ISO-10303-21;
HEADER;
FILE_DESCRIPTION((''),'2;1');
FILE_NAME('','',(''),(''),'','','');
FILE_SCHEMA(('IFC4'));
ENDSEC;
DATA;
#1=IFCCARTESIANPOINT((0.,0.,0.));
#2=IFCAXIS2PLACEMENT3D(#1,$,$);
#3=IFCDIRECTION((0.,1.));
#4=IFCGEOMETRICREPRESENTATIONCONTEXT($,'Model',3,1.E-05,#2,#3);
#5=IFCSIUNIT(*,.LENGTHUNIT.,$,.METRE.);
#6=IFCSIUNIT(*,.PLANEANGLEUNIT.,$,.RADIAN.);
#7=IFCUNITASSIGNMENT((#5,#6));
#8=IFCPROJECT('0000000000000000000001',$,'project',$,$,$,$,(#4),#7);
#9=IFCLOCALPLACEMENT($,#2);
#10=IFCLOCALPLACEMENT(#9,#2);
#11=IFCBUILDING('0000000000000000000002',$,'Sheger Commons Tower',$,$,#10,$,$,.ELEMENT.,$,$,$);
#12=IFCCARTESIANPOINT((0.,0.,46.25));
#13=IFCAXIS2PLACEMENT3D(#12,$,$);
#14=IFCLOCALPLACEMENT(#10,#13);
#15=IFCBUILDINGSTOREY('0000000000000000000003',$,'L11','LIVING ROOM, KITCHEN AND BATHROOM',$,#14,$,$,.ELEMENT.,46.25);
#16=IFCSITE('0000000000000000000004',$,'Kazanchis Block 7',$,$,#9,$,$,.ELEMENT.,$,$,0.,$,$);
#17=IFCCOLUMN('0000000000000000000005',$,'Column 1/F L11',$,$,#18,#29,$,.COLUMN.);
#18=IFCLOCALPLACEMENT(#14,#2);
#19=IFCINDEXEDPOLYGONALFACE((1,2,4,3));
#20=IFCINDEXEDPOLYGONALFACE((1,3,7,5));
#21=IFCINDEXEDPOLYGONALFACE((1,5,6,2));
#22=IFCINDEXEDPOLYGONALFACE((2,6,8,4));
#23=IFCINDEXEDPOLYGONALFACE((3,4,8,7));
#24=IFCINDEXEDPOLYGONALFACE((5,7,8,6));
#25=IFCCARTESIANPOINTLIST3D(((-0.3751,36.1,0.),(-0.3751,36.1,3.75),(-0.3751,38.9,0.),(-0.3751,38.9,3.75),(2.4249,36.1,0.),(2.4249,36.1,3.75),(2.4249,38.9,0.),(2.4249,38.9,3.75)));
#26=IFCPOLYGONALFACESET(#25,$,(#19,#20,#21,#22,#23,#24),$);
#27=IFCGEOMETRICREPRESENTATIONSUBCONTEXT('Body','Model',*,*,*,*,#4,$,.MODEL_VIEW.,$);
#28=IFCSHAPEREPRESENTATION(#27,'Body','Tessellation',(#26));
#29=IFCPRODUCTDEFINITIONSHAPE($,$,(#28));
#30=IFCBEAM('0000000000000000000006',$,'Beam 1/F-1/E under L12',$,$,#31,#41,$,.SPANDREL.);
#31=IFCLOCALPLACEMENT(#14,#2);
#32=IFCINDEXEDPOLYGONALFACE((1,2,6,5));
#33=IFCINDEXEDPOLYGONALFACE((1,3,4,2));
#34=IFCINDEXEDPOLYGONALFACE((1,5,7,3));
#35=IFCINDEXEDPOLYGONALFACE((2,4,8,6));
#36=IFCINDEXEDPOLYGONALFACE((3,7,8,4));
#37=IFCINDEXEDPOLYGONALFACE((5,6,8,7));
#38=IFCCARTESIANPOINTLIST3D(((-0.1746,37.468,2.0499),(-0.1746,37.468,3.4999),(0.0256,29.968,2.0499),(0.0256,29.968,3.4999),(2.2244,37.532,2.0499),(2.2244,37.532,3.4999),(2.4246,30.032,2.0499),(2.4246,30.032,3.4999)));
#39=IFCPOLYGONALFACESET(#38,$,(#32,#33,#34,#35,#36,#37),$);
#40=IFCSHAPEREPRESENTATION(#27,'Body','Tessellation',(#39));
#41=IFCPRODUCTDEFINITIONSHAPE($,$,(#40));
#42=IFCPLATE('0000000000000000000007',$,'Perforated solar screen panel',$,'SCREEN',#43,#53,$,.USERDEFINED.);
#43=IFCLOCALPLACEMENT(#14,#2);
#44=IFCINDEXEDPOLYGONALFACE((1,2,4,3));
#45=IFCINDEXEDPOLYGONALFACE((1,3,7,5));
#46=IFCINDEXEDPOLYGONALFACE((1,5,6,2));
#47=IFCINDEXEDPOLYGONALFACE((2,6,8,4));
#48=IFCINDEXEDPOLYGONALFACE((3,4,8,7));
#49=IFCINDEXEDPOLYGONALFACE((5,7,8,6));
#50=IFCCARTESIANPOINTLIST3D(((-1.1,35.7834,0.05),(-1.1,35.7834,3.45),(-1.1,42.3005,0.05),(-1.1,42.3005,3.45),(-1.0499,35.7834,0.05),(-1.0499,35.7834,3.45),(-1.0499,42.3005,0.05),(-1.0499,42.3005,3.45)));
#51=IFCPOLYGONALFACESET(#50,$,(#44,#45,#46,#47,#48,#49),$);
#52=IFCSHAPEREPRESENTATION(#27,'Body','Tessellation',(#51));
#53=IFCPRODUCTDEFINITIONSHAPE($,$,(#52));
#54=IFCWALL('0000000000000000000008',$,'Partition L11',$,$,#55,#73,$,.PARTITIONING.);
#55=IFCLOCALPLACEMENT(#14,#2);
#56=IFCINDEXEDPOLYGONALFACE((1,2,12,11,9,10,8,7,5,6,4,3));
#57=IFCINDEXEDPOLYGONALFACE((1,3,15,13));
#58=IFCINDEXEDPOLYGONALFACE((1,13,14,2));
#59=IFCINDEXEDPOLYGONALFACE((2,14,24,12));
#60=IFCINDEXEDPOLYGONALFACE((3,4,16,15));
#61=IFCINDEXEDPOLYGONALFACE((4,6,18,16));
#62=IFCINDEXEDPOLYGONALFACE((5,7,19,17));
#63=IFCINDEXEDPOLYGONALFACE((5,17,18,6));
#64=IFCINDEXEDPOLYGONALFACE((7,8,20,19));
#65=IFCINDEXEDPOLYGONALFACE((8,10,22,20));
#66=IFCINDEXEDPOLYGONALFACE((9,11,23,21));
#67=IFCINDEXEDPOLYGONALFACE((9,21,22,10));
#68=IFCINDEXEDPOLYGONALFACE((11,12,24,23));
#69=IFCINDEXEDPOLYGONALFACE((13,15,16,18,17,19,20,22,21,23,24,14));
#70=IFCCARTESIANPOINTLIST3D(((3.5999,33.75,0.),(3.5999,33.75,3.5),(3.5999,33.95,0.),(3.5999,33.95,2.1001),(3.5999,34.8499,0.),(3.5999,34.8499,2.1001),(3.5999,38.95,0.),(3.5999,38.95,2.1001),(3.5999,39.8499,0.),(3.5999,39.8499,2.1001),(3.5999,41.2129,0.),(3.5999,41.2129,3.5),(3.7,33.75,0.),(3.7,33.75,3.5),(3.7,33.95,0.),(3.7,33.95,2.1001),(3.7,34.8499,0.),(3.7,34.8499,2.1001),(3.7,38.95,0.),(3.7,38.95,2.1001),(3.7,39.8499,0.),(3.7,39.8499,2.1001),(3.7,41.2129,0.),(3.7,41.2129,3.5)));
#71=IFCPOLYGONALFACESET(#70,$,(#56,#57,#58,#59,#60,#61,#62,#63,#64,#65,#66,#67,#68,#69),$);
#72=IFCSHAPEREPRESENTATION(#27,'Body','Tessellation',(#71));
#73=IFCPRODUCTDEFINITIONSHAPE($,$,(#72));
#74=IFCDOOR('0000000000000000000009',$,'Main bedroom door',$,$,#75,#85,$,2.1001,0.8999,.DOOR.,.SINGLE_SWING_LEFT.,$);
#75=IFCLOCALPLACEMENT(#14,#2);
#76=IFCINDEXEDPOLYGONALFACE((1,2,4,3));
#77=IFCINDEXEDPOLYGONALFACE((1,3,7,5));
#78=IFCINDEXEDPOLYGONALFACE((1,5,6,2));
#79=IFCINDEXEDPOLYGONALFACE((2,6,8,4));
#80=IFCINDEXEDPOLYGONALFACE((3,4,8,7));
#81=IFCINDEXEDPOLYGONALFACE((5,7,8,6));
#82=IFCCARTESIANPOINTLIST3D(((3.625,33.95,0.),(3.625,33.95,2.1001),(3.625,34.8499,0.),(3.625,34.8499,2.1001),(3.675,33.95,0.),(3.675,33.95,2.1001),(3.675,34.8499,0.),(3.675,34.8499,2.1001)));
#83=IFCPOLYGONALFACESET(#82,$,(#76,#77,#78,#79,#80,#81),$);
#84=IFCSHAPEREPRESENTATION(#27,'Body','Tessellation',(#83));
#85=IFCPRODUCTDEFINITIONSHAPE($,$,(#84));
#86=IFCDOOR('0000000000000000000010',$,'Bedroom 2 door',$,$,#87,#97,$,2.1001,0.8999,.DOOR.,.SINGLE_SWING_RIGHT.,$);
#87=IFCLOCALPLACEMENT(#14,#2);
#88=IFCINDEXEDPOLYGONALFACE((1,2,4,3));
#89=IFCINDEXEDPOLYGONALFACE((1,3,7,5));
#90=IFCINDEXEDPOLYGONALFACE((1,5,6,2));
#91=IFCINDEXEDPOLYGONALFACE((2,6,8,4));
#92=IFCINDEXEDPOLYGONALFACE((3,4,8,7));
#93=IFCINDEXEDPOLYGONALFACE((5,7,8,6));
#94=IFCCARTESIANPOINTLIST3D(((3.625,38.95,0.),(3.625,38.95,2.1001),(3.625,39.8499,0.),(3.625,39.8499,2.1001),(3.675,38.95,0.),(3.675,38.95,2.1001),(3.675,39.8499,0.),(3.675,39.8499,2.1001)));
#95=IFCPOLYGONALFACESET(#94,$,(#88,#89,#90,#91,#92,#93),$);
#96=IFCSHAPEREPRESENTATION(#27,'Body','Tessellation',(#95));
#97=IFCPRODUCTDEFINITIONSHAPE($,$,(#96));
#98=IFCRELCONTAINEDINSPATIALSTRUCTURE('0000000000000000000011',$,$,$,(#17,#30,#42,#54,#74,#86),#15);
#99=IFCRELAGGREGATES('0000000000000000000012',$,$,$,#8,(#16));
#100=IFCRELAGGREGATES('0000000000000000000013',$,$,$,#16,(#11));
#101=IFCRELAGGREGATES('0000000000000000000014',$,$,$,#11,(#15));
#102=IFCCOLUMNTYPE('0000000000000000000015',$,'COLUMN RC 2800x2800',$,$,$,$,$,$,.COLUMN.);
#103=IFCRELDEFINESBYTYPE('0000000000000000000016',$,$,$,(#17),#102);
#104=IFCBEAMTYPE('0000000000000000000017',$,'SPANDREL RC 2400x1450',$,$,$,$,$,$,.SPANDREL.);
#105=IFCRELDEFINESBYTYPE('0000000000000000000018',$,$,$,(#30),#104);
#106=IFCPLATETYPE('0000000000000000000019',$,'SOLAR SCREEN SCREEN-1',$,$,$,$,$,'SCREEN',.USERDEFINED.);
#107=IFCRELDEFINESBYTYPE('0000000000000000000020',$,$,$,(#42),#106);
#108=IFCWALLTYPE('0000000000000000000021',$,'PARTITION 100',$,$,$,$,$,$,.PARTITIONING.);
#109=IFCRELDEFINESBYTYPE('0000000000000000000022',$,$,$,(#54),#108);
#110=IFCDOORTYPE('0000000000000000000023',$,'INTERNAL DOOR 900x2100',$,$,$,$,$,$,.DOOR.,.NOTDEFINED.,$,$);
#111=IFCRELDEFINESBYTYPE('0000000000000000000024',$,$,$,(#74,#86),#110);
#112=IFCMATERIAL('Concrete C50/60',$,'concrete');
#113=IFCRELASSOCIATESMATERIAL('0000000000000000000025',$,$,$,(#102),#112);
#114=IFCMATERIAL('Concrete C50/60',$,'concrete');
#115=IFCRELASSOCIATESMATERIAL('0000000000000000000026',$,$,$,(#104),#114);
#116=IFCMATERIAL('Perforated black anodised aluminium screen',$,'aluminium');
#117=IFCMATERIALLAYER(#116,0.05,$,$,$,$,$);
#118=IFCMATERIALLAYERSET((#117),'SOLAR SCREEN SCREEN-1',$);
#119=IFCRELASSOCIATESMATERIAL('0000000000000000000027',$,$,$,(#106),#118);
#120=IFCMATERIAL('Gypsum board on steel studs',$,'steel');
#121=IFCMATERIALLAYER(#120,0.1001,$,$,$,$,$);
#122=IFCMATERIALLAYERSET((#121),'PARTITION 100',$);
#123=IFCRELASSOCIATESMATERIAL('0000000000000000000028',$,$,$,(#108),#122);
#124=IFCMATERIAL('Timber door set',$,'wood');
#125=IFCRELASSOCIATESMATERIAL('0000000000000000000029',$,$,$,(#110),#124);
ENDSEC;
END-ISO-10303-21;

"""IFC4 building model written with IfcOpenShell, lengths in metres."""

from ifc_helpers import new_model, si_unit, direction, frame, frame_2d, origin, origin_2d, place, context, subcontext, project, spatial, rectangle, extrude, material, layer, layer_set, material_profile, profile_set, type_object, element, fill, save


model = new_model("IFC4")

# Units and contexts
model_context = context("Model", 3, precision=1e-05, world=origin(), true_north=direction((0.0, 1.0)))
body_context = subcontext(model_context, "Body", "Model", "MODEL_VIEW")
ifc_project = project(units=[si_unit("LENGTHUNIT", "METRE"), si_unit("PLANEANGLEUNIT", "RADIAN")], contexts=[model_context])

# Site, building, storey
site_placement = place(None, origin())
site = spatial("IfcSite", under=ifc_project, at=site_placement, Name="Kazanchis Block 7", CompositionType="ELEMENT", RefElevation=0.0)
building_placement = place(site_placement, origin())
building = spatial("IfcBuilding", under=site, at=building_placement, Name="Sheger Commons Tower", CompositionType="ELEMENT")
storey_placement = place(building_placement, frame((0.0, 0.0, 46.25)))
storey = spatial("IfcBuildingStorey", under=building, at=storey_placement, Name="L11", Description="LIVING ROOM, KITCHEN AND BATHROOM", CompositionType="ELEMENT", Elevation=46.25)

# Column
ifc_material_1 = material(Name="Concrete C50/60", Category="concrete")
ifc_material_profile_1 = material_profile(ifc_material_1, rectangle(XDim=2.8, YDim=2.8, at=origin_2d()), Name="RC 2800x2800")
ifc_profile_set_1 = profile_set([ifc_material_profile_1], Name="Concrete C50/60")
column_type = type_object("IfcColumnType", Name="COLUMN RC 2800x2800", PredefinedType="COLUMN", material=ifc_profile_set_1)
column_placement = place(storey_placement, frame((1.0249, 37.5, 0.0), z_axis=(0.0, 0.0, 1.0), x_axis=(1.0, 0.0, 0.0)))
element("IfcColumn", 1, at=column_placement, inside=storey, type_object=column_type, Name="Column 1/F L11", PredefinedType="COLUMN", context=body_context, shape_type="SweptSolid", body=[
    extrude(rectangle(XDim=2.8, YDim=2.8, at=origin_2d()), origin(), (0.0, 0.0, 1.0), 3.75),
])

# Beam
ifc_material_2 = material(Name="Concrete C50/60", Category="concrete")
ifc_material_profile_2 = material_profile(ifc_material_2, rectangle(XDim=2.3999, YDim=1.45, at=origin_2d()), Name="RC 2400x1450")
ifc_profile_set_2 = profile_set([ifc_material_profile_2], Name="Concrete C50/60")
beam_type = type_object("IfcBeamType", Name="SPANDREL RC 2400x1450", PredefinedType="SPANDREL", material=ifc_profile_set_2)
beam_placement = place(storey_placement, frame((1.0249, 37.5, 2.7749), z_axis=(0.026683, -0.999644, 0.0), x_axis=(0.999644, 0.026683, 0.0)))
element("IfcBeam", 2, at=beam_placement, inside=storey, type_object=beam_type, Name="Beam 1/F-1/E under L12", PredefinedType="SPANDREL", context=body_context, shape_type="SweptSolid", body=[
    extrude(rectangle(XDim=2.3999, YDim=1.45, at=origin_2d()), origin(), (0.0, 0.0, 1.0), 7.5027),
])

# Plate
ifc_material_3 = material(Name="Perforated black anodised aluminium screen", Category="aluminium")
ifc_layer_1 = layer(ifc_material_3, 0.05)
ifc_layer_set_1 = layer_set([ifc_layer_1], Name="SOLAR SCREEN SCREEN-1")
plate_type = type_object("IfcPlateType", Name="SOLAR SCREEN SCREEN-1", ElementType="SCREEN", PredefinedType="USERDEFINED", material=ifc_layer_set_1)
plate_placement = place(storey_placement, frame((-1.075, 39.042, 0.05), z_axis=(0.0, 0.0, 1.0), x_axis=(0.0, -1.0, 0.0)))
element("IfcPlate", 3, at=plate_placement, inside=storey, type_object=plate_type, Name="Perforated solar screen panel", ObjectType="SCREEN", PredefinedType="USERDEFINED", context=body_context, shape_type="SweptSolid", body=[
    extrude(rectangle(XDim=6.5171, YDim=0.05, at=origin_2d()), origin(), (0.0, 0.0, 1.0), 3.3999),
])

# Wall, openings, doors
ifc_material_4 = material(Name="Gypsum board on steel studs", Category="steel")
ifc_layer_2 = layer(ifc_material_4, 0.1001)
ifc_layer_set_2 = layer_set([ifc_layer_2], Name="PARTITION 100")
wall_type = type_object("IfcWallType", Name="PARTITION 100", PredefinedType="PARTITIONING", material=ifc_layer_set_2)
wall_1_placement = place(storey_placement, frame((3.6499, 33.75, 0.0), z_axis=(0.0, 0.0, 1.0), x_axis=(0.0, 1.0, 0.0)))
wall_1 = element("IfcWall", 4, at=wall_1_placement, inside=storey, type_object=wall_type, Name="Partition L11", PredefinedType="PARTITIONING", context=body_context, shape_type="SweptSolid", body=[
    extrude(rectangle(XDim=7.4629, YDim=0.1001, at=frame_2d((3.7314, 0.0))), origin(), (0.0, 0.0, 1.0), 3.5),
])
opening_1_placement = place(wall_1_placement, frame((0.2, 0.0, 0.0)))
opening_1 = element("IfcOpeningElement", 5, at=opening_1_placement, cuts=wall_1, PredefinedType="OPENING", context=body_context, shape_type="SweptSolid", body=[
    extrude(rectangle(XDim=0.8999, YDim=2.1001, at=frame_2d((0.45, 1.05))), frame((0.0, 0.0601, 0.0), z_axis=(0.0, -1.0, 0.0), x_axis=(1.0, 0.0, 0.0)), (0.0, 0.0, 1.0), 0.1201),
])
opening_2_placement = place(wall_1_placement, frame((5.2, 0.0, 0.0)))
opening_2 = element("IfcOpeningElement", 6, at=opening_2_placement, cuts=wall_1, PredefinedType="OPENING", context=body_context, shape_type="SweptSolid", body=[
    extrude(rectangle(XDim=0.8999, YDim=2.1001, at=frame_2d((0.45, 1.05))), frame((0.0, 0.0601, 0.0), z_axis=(0.0, -1.0, 0.0), x_axis=(1.0, 0.0, 0.0)), (0.0, 0.0, 1.0), 0.1201),
])
ifc_material_5 = material(Name="Timber door set", Category="wood")
door_type = type_object("IfcDoorType", Name="INTERNAL DOOR 900x2100", OperationType="NOTDEFINED", PredefinedType="DOOR", material=ifc_material_5)
door_1_placement = place(opening_1_placement, origin())
door_1 = element("IfcDoor", 7, at=door_1_placement, inside=storey, type_object=door_type, Name="Main bedroom door", OperationType="SINGLE_SWING_LEFT", OverallHeight=2.1001, OverallWidth=0.8999, PredefinedType="DOOR", context=body_context, shape_type="SweptSolid", body=[
    extrude(rectangle(XDim=0.8999, YDim=2.1001, at=frame_2d((0.45, 1.05))), frame((0.0, 0.0249, 0.0), z_axis=(0.0, -1.0, 0.0), x_axis=(1.0, 0.0, 0.0)), (0.0, 0.0, 1.0), 0.05),
])
fill(opening_1, door_1)
door_2_placement = place(opening_2_placement, origin())
door_2 = element("IfcDoor", 8, at=door_2_placement, inside=storey, type_object=door_type, Name="Bedroom 2 door", OperationType="SINGLE_SWING_RIGHT", OverallHeight=2.1001, OverallWidth=0.8999, PredefinedType="DOOR", context=body_context, shape_type="SweptSolid", body=[
    extrude(rectangle(XDim=0.8999, YDim=2.1001, at=frame_2d((0.45, 1.05))), frame((0.0, 0.0249, 0.0), z_axis=(0.0, -1.0, 0.0), x_axis=(1.0, 0.0, 0.0)), (0.0, 0.0, 1.0), 0.05),
])
fill(opening_2, door_2)

save(model, "model.ifc")
